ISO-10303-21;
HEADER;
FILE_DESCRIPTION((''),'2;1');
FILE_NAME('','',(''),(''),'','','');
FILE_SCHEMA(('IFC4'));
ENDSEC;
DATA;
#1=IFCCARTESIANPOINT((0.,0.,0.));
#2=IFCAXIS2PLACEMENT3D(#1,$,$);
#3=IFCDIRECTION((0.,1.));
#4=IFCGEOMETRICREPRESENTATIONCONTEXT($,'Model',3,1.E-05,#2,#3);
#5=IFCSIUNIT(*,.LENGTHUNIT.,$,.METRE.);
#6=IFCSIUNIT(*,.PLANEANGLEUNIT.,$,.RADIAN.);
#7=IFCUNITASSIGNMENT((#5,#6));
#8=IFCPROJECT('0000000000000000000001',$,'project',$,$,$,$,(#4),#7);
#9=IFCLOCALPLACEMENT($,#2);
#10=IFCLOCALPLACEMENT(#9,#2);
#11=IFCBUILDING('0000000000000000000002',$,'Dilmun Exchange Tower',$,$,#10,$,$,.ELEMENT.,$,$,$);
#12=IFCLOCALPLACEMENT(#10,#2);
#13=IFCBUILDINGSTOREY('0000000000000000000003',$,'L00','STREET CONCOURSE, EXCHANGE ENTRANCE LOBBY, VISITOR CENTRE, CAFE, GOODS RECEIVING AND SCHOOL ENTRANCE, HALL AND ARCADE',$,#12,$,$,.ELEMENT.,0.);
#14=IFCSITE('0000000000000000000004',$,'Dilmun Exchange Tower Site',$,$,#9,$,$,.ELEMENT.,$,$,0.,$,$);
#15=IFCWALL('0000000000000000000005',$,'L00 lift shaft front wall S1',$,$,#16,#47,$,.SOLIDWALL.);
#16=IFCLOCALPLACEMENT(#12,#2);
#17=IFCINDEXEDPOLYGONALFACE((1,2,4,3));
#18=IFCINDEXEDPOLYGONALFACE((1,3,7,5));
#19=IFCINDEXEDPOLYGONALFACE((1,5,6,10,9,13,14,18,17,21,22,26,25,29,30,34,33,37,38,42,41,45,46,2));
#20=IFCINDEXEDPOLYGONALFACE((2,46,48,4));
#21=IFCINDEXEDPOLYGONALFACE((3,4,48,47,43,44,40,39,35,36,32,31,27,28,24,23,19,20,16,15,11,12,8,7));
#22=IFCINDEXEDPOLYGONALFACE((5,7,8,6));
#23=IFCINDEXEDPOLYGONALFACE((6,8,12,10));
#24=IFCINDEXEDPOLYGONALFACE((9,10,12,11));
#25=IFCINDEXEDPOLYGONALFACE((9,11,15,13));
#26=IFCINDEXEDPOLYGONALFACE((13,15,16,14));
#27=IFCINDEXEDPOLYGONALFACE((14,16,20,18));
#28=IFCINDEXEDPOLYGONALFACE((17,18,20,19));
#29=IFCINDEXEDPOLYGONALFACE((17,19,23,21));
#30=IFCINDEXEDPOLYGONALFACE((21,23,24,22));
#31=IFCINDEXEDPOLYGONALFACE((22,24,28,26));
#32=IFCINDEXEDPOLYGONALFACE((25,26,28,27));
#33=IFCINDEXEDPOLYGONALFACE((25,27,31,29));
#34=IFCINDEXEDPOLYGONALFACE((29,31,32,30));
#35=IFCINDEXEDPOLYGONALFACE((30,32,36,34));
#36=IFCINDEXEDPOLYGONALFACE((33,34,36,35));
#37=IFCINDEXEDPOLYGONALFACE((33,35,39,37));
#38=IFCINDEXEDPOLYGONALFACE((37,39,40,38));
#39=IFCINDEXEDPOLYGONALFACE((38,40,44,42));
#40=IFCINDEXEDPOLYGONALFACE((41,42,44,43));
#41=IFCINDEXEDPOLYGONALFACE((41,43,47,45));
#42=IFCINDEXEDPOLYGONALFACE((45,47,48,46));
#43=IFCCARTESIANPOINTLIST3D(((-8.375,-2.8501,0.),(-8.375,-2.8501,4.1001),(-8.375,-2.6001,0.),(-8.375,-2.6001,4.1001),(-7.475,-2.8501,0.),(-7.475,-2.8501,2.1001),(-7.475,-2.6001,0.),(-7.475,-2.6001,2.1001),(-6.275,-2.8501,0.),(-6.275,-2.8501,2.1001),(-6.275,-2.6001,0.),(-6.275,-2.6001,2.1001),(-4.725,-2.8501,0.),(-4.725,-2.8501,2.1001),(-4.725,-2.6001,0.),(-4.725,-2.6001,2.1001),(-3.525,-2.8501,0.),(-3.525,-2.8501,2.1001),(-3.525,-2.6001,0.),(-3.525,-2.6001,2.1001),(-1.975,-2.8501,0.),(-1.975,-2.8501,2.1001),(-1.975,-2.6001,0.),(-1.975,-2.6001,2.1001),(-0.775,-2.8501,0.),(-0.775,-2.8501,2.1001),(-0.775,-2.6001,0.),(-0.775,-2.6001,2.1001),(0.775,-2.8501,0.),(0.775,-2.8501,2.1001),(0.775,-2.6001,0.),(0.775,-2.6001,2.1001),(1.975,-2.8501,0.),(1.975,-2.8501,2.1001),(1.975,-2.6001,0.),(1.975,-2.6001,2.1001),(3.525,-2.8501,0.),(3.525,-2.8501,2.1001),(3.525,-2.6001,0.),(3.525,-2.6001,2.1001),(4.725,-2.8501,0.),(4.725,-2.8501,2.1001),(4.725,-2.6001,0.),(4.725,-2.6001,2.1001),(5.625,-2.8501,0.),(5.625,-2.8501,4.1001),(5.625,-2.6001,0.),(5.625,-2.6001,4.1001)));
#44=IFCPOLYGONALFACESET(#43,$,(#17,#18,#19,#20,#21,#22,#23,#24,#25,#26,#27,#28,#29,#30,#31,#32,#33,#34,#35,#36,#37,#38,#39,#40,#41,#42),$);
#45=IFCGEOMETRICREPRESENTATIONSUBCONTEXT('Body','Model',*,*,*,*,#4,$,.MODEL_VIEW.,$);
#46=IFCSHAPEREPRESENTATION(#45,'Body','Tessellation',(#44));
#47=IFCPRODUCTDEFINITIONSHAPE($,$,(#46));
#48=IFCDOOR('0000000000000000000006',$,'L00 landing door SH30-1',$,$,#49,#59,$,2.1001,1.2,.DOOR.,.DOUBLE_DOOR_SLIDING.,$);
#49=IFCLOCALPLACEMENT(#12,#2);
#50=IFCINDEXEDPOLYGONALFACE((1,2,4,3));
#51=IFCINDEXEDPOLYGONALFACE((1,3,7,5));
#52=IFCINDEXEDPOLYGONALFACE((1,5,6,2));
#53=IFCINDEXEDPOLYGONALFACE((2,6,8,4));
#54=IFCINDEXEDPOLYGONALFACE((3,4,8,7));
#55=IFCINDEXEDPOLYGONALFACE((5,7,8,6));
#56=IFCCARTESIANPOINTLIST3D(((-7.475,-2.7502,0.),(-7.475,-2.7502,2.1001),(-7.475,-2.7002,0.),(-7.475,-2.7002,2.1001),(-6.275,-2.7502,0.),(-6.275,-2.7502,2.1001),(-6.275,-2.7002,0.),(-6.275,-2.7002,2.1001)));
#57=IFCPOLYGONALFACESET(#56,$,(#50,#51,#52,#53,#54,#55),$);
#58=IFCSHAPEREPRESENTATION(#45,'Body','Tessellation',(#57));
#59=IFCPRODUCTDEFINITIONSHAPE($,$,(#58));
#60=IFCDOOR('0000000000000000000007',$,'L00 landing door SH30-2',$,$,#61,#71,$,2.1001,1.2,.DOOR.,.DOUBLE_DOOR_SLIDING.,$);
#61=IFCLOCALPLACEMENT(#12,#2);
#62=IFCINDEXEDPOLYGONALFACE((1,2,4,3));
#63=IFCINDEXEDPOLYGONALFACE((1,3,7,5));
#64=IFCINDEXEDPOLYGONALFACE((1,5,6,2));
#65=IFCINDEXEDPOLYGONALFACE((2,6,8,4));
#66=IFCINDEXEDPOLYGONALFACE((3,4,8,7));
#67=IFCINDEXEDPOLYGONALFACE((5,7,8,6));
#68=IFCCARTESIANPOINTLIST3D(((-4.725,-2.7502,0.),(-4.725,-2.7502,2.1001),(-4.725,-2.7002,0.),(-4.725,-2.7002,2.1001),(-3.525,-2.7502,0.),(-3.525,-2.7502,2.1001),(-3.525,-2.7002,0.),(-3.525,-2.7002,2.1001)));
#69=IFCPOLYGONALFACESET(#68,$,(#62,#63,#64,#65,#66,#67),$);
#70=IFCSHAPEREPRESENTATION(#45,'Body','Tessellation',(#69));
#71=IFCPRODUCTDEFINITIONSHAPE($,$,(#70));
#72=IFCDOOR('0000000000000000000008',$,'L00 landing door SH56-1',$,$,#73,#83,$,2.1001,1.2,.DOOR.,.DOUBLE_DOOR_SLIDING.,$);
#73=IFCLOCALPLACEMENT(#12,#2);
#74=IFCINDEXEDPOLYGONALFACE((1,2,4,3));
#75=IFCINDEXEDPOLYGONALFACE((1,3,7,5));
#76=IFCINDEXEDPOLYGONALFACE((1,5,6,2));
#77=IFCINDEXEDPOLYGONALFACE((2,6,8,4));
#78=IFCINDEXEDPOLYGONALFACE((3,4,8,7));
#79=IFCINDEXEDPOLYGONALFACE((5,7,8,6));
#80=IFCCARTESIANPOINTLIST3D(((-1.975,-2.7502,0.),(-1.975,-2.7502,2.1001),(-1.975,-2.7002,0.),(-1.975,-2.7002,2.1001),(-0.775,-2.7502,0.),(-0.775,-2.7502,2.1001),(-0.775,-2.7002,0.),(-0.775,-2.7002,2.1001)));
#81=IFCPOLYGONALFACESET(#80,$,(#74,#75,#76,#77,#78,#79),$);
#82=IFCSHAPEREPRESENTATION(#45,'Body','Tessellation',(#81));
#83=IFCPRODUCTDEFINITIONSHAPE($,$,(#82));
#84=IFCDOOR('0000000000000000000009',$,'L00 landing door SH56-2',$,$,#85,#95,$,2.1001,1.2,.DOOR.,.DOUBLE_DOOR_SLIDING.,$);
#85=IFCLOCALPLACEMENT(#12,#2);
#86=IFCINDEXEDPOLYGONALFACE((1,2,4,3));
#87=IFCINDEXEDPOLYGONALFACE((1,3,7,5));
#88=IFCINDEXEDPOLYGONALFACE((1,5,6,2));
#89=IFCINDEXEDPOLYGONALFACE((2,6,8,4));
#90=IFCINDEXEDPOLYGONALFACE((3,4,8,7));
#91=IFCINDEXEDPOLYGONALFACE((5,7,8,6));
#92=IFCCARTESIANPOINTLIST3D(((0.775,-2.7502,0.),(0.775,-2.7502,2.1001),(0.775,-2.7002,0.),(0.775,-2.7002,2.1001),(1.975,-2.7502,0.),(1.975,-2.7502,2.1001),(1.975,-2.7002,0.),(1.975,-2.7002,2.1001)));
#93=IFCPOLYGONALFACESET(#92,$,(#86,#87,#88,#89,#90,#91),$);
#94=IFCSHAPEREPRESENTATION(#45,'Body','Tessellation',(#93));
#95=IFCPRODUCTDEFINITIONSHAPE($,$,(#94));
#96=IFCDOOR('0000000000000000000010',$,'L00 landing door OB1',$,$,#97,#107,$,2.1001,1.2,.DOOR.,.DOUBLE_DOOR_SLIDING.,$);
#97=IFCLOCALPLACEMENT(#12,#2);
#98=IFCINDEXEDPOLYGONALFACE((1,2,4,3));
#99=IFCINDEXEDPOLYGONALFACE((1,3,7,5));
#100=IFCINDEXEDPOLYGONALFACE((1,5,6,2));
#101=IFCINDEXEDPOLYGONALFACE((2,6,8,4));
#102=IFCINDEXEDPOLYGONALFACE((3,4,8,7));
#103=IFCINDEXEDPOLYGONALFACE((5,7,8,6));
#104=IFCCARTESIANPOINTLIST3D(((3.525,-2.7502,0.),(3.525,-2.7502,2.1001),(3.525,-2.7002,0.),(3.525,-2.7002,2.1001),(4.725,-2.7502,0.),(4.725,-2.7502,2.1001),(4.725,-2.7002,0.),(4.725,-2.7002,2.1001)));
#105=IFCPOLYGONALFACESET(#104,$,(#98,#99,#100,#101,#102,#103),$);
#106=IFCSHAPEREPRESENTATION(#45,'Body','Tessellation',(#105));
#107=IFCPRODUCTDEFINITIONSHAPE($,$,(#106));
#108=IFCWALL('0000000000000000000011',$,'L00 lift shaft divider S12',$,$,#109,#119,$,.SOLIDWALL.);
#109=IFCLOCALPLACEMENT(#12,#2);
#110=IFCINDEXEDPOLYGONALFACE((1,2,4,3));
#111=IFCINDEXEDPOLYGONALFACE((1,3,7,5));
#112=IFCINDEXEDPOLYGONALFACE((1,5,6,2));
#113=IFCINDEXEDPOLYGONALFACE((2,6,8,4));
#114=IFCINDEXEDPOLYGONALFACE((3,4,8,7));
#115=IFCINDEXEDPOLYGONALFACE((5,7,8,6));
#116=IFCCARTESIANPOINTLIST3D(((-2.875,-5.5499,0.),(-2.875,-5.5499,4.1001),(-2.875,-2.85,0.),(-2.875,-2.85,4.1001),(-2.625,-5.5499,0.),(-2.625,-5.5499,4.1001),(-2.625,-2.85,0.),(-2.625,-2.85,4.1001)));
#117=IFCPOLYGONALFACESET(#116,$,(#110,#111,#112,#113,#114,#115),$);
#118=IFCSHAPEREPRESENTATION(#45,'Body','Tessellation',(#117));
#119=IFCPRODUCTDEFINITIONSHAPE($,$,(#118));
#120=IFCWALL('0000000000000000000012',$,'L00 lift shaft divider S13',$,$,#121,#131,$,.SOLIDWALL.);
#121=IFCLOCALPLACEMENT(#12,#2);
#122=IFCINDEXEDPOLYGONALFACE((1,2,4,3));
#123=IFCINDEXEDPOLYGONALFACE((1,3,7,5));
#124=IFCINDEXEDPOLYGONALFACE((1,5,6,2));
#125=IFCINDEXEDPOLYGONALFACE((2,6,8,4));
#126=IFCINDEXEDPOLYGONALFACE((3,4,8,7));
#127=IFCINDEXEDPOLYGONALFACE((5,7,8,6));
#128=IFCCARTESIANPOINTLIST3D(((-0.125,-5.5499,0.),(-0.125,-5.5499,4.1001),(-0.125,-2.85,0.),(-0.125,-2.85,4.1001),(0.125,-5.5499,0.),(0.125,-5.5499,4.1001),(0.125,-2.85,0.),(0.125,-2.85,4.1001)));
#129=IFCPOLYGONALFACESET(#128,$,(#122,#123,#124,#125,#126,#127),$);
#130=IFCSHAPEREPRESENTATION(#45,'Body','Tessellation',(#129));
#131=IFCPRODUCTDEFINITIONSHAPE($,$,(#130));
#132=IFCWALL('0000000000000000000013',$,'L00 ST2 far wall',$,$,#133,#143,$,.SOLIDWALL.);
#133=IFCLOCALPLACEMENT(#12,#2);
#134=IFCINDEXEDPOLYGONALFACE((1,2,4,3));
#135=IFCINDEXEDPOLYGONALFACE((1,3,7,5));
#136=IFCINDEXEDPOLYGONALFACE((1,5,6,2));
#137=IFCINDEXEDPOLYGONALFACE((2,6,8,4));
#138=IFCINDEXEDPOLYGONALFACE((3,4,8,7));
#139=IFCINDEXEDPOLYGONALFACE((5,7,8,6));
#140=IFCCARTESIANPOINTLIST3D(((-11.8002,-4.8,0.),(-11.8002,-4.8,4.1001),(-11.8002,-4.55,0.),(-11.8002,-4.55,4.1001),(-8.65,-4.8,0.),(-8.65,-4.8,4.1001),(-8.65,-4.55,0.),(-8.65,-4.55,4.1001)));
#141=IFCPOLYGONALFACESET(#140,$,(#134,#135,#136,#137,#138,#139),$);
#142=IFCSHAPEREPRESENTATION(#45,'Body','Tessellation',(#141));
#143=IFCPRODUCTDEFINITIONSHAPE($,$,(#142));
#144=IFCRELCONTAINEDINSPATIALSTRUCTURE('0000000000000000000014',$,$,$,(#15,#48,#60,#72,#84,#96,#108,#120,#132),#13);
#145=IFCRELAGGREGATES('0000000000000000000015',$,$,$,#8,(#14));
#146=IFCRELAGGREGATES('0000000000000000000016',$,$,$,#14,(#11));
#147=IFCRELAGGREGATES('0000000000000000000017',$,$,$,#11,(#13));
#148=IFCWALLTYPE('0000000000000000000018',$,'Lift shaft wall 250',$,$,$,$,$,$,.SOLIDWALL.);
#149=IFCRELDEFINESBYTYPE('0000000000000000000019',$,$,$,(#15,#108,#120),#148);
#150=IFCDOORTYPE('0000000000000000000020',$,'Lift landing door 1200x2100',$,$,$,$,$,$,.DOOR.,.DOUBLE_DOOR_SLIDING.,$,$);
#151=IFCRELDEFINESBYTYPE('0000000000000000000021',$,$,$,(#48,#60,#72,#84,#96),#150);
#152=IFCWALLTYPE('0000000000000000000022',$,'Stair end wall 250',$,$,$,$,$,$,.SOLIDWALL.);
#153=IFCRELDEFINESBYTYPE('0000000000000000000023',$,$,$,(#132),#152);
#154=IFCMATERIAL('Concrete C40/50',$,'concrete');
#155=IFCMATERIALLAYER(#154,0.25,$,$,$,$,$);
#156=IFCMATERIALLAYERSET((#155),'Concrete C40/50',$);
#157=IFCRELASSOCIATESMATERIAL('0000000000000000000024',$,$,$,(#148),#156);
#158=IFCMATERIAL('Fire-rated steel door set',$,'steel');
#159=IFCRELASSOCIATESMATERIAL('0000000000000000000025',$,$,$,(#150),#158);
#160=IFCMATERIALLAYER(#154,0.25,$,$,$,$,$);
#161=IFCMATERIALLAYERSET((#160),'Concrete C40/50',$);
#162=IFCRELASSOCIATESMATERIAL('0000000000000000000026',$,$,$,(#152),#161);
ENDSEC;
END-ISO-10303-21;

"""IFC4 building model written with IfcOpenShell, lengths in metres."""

from ifc_helpers import new_model, si_unit, direction, frame, frame_2d, origin, place, context, subcontext, project, spatial, rectangle, extrude, material, layer, layer_set, type_object, element, fill, save


model = new_model("IFC4")

# Units and contexts
model_context = context("Model", 3, precision=1e-05, world=origin(), true_north=direction((0.0, 1.0)))
body_context = subcontext(model_context, "Body", "Model", "MODEL_VIEW")
ifc_project = project(units=[si_unit("LENGTHUNIT", "METRE"), si_unit("PLANEANGLEUNIT", "RADIAN")], contexts=[model_context])

# Site, building, storey
site_placement = place(None, origin())
site = spatial("IfcSite", under=ifc_project, at=site_placement, Name="Dilmun Exchange Tower Site", CompositionType="ELEMENT", RefElevation=0.0)
building_placement = place(site_placement, origin())
building = spatial("IfcBuilding", under=site, at=building_placement, Name="Dilmun Exchange Tower", CompositionType="ELEMENT")
storey_placement = place(building_placement, origin())
storey = spatial("IfcBuildingStorey", under=building, at=storey_placement, Name="L00", Description="STREET CONCOURSE, EXCHANGE ENTRANCE LOBBY, VISITOR CENTRE, CAFE, GOODS RECEIVING AND SCHOOL ENTRANCE, HALL AND ARCADE", CompositionType="ELEMENT", Elevation=0.0)

# Shared definitions
ifc_material_1 = material(Name="Concrete C40/50", Category="concrete")

# Shared definitions
ifc_material_2 = material(Name="Fire-rated steel door set", Category="steel")

# Wall, openings, doors
ifc_layer_1 = layer(ifc_material_1, 0.25)
ifc_layer_set_1 = layer_set([ifc_layer_1], Name="Concrete C40/50")
wall_type_1 = type_object("IfcWallType", Name="Lift shaft wall 250", PredefinedType="SOLIDWALL", material=ifc_layer_set_1)
wall_1_placement = place(storey_placement, frame((-8.375, -2.7251, 0.0), z_axis=(0.0, 0.0, 1.0), x_axis=(1.0, 0.0, 0.0)))
wall_1 = element("IfcWall", 1, at=wall_1_placement, inside=storey, type_object=wall_type_1, Name="L00 lift shaft front wall S1", PredefinedType="SOLIDWALL", context=body_context, shape_type="SweptSolid", body=[
    extrude(rectangle(XDim=14.0, YDim=0.25, at=frame_2d((7.0, 0.0))), origin(), (0.0, 0.0, 1.0), 4.1001),
])
opening_1_placement = place(wall_1_placement, frame((0.8999, 0.0, 0.0)))
opening_1 = element("IfcOpeningElement", 2, at=opening_1_placement, cuts=wall_1, PredefinedType="OPENING", context=body_context, shape_type="SweptSolid", body=[
    extrude(rectangle(XDim=1.2, YDim=2.1001, at=frame_2d((0.6001, 1.05))), frame((0.0, 0.135, 0.0), z_axis=(0.0, -1.0, 0.0), x_axis=(1.0, 0.0, 0.0)), (0.0, 0.0, 1.0), 0.27),
])
opening_2_placement = place(wall_1_placement, frame((3.6499, 0.0, 0.0)))
opening_2 = element("IfcOpeningElement", 3, at=opening_2_placement, cuts=wall_1, PredefinedType="OPENING", context=body_context, shape_type="SweptSolid", body=[
    extrude(rectangle(XDim=1.2, YDim=2.1001, at=frame_2d((0.6001, 1.05))), frame((0.0, 0.135, 0.0), z_axis=(0.0, -1.0, 0.0), x_axis=(1.0, 0.0, 0.0)), (0.0, 0.0, 1.0), 0.27),
])
opening_3_placement = place(wall_1_placement, frame((6.3999, 0.0, 0.0)))
opening_3 = element("IfcOpeningElement", 4, at=opening_3_placement, cuts=wall_1, PredefinedType="OPENING", context=body_context, shape_type="SweptSolid", body=[
    extrude(rectangle(XDim=1.2, YDim=2.1001, at=frame_2d((0.6001, 1.05))), frame((0.0, 0.135, 0.0), z_axis=(0.0, -1.0, 0.0), x_axis=(1.0, 0.0, 0.0)), (0.0, 0.0, 1.0), 0.27),
])
opening_4_placement = place(wall_1_placement, frame((9.1499, 0.0, 0.0)))
opening_4 = element("IfcOpeningElement", 5, at=opening_4_placement, cuts=wall_1, PredefinedType="OPENING", context=body_context, shape_type="SweptSolid", body=[
    extrude(rectangle(XDim=1.2, YDim=2.1001, at=frame_2d((0.6001, 1.05))), frame((0.0, 0.135, 0.0), z_axis=(0.0, -1.0, 0.0), x_axis=(1.0, 0.0, 0.0)), (0.0, 0.0, 1.0), 0.27),
])
opening_5_placement = place(wall_1_placement, frame((11.8999, 0.0, 0.0)))
opening_5 = element("IfcOpeningElement", 6, at=opening_5_placement, cuts=wall_1, PredefinedType="OPENING", context=body_context, shape_type="SweptSolid", body=[
    extrude(rectangle(XDim=1.2, YDim=2.1001, at=frame_2d((0.6001, 1.05))), frame((0.0, 0.135, 0.0), z_axis=(0.0, -1.0, 0.0), x_axis=(1.0, 0.0, 0.0)), (0.0, 0.0, 1.0), 0.27),
])
door_type_1 = type_object("IfcDoorType", Name="Lift landing door 1200x2100", OperationType="DOUBLE_DOOR_SLIDING", PredefinedType="DOOR", material=ifc_material_2)
door_1_placement = place(opening_1_placement, origin())
door_1 = element("IfcDoor", 7, at=door_1_placement, inside=storey, type_object=door_type_1, Name="L00 landing door SH30-1", OperationType="DOUBLE_DOOR_SLIDING", OverallHeight=2.1001, OverallWidth=1.2, PredefinedType="DOOR", context=body_context, shape_type="SweptSolid", body=[
    extrude(rectangle(XDim=1.2, YDim=2.1001, at=frame_2d((0.6001, 1.05))), frame((0.0, 0.0249, 0.0), z_axis=(0.0, -1.0, 0.0), x_axis=(1.0, 0.0, 0.0)), (0.0, 0.0, 1.0), 0.05),
])
fill(opening_1, door_1)
door_2_placement = place(opening_2_placement, origin())
door_2 = element("IfcDoor", 8, at=door_2_placement, inside=storey, type_object=door_type_1, Name="L00 landing door SH30-2", OperationType="DOUBLE_DOOR_SLIDING", OverallHeight=2.1001, OverallWidth=1.2, PredefinedType="DOOR", context=body_context, shape_type="SweptSolid", body=[
    extrude(rectangle(XDim=1.2, YDim=2.1001, at=frame_2d((0.6001, 1.05))), frame((0.0, 0.0249, 0.0), z_axis=(0.0, -1.0, 0.0), x_axis=(1.0, 0.0, 0.0)), (0.0, 0.0, 1.0), 0.05),
])
fill(opening_2, door_2)
door_3_placement = place(opening_3_placement, origin())
door_3 = element("IfcDoor", 9, at=door_3_placement, inside=storey, type_object=door_type_1, Name="L00 landing door SH56-1", OperationType="DOUBLE_DOOR_SLIDING", OverallHeight=2.1001, OverallWidth=1.2, PredefinedType="DOOR", context=body_context, shape_type="SweptSolid", body=[
    extrude(rectangle(XDim=1.2, YDim=2.1001, at=frame_2d((0.6001, 1.05))), frame((0.0, 0.0249, 0.0), z_axis=(0.0, -1.0, 0.0), x_axis=(1.0, 0.0, 0.0)), (0.0, 0.0, 1.0), 0.05),
])
fill(opening_3, door_3)
door_4_placement = place(opening_4_placement, origin())
door_4 = element("IfcDoor", 10, at=door_4_placement, inside=storey, type_object=door_type_1, Name="L00 landing door SH56-2", OperationType="DOUBLE_DOOR_SLIDING", OverallHeight=2.1001, OverallWidth=1.2, PredefinedType="DOOR", context=body_context, shape_type="SweptSolid", body=[
    extrude(rectangle(XDim=1.2, YDim=2.1001, at=frame_2d((0.6001, 1.05))), frame((0.0, 0.0249, 0.0), z_axis=(0.0, -1.0, 0.0), x_axis=(1.0, 0.0, 0.0)), (0.0, 0.0, 1.0), 0.05),
])
fill(opening_4, door_4)
door_5_placement = place(opening_5_placement, origin())
door_5 = element("IfcDoor", 11, at=door_5_placement, inside=storey, type_object=door_type_1, Name="L00 landing door OB1", OperationType="DOUBLE_DOOR_SLIDING", OverallHeight=2.1001, OverallWidth=1.2, PredefinedType="DOOR", context=body_context, shape_type="SweptSolid", body=[
    extrude(rectangle(XDim=1.2, YDim=2.1001, at=frame_2d((0.6001, 1.05))), frame((0.0, 0.0249, 0.0), z_axis=(0.0, -1.0, 0.0), x_axis=(1.0, 0.0, 0.0)), (0.0, 0.0, 1.0), 0.05),
])
fill(opening_5, door_5)

# Walls
for number, where, z_axis, x_axis, name in (
    (12, (-2.75, -5.55, 0.0), (0.0, 0.0, 1.0), (0.0, 1.0, 0.0), "L00 lift shaft divider S12"),
    (13, (0.0, -5.55, 0.0), (0.0, 0.0, 1.0), (0.0, 1.0, 0.0), "L00 lift shaft divider S13"),
):
    element("IfcWall", number, at=place(storey_placement, frame(where, z_axis=z_axis, x_axis=x_axis)), inside=storey, type_object=wall_type_1, Name=name, PredefinedType="SOLIDWALL", context=body_context, shape_type="SweptSolid", body=[
        extrude(rectangle(XDim=2.7, YDim=0.25, at=frame_2d((1.3501, 0.0))), origin(), (0.0, 0.0, 1.0), 4.1001),
    ])
ifc_layer_2 = layer(ifc_material_1, 0.25)
ifc_layer_set_2 = layer_set([ifc_layer_2], Name="Concrete C40/50")
wall_type_2 = type_object("IfcWallType", Name="Stair end wall 250", PredefinedType="SOLIDWALL", material=ifc_layer_set_2)
wall_2_placement = place(storey_placement, frame((-8.6499, -4.675, 0.0), z_axis=(0.0, 0.0, 1.0), x_axis=(-1.0, 0.0, 0.0)))
element("IfcWall", 14, at=wall_2_placement, inside=storey, type_object=wall_type_2, Name="L00 ST2 far wall", PredefinedType="SOLIDWALL", context=body_context, shape_type="SweptSolid", body=[
    extrude(rectangle(XDim=3.1501, YDim=0.25, at=frame_2d((1.5752, 0.0))), origin(), (0.0, 0.0, 1.0), 4.1001),
])

save(model, "model.ifc")
